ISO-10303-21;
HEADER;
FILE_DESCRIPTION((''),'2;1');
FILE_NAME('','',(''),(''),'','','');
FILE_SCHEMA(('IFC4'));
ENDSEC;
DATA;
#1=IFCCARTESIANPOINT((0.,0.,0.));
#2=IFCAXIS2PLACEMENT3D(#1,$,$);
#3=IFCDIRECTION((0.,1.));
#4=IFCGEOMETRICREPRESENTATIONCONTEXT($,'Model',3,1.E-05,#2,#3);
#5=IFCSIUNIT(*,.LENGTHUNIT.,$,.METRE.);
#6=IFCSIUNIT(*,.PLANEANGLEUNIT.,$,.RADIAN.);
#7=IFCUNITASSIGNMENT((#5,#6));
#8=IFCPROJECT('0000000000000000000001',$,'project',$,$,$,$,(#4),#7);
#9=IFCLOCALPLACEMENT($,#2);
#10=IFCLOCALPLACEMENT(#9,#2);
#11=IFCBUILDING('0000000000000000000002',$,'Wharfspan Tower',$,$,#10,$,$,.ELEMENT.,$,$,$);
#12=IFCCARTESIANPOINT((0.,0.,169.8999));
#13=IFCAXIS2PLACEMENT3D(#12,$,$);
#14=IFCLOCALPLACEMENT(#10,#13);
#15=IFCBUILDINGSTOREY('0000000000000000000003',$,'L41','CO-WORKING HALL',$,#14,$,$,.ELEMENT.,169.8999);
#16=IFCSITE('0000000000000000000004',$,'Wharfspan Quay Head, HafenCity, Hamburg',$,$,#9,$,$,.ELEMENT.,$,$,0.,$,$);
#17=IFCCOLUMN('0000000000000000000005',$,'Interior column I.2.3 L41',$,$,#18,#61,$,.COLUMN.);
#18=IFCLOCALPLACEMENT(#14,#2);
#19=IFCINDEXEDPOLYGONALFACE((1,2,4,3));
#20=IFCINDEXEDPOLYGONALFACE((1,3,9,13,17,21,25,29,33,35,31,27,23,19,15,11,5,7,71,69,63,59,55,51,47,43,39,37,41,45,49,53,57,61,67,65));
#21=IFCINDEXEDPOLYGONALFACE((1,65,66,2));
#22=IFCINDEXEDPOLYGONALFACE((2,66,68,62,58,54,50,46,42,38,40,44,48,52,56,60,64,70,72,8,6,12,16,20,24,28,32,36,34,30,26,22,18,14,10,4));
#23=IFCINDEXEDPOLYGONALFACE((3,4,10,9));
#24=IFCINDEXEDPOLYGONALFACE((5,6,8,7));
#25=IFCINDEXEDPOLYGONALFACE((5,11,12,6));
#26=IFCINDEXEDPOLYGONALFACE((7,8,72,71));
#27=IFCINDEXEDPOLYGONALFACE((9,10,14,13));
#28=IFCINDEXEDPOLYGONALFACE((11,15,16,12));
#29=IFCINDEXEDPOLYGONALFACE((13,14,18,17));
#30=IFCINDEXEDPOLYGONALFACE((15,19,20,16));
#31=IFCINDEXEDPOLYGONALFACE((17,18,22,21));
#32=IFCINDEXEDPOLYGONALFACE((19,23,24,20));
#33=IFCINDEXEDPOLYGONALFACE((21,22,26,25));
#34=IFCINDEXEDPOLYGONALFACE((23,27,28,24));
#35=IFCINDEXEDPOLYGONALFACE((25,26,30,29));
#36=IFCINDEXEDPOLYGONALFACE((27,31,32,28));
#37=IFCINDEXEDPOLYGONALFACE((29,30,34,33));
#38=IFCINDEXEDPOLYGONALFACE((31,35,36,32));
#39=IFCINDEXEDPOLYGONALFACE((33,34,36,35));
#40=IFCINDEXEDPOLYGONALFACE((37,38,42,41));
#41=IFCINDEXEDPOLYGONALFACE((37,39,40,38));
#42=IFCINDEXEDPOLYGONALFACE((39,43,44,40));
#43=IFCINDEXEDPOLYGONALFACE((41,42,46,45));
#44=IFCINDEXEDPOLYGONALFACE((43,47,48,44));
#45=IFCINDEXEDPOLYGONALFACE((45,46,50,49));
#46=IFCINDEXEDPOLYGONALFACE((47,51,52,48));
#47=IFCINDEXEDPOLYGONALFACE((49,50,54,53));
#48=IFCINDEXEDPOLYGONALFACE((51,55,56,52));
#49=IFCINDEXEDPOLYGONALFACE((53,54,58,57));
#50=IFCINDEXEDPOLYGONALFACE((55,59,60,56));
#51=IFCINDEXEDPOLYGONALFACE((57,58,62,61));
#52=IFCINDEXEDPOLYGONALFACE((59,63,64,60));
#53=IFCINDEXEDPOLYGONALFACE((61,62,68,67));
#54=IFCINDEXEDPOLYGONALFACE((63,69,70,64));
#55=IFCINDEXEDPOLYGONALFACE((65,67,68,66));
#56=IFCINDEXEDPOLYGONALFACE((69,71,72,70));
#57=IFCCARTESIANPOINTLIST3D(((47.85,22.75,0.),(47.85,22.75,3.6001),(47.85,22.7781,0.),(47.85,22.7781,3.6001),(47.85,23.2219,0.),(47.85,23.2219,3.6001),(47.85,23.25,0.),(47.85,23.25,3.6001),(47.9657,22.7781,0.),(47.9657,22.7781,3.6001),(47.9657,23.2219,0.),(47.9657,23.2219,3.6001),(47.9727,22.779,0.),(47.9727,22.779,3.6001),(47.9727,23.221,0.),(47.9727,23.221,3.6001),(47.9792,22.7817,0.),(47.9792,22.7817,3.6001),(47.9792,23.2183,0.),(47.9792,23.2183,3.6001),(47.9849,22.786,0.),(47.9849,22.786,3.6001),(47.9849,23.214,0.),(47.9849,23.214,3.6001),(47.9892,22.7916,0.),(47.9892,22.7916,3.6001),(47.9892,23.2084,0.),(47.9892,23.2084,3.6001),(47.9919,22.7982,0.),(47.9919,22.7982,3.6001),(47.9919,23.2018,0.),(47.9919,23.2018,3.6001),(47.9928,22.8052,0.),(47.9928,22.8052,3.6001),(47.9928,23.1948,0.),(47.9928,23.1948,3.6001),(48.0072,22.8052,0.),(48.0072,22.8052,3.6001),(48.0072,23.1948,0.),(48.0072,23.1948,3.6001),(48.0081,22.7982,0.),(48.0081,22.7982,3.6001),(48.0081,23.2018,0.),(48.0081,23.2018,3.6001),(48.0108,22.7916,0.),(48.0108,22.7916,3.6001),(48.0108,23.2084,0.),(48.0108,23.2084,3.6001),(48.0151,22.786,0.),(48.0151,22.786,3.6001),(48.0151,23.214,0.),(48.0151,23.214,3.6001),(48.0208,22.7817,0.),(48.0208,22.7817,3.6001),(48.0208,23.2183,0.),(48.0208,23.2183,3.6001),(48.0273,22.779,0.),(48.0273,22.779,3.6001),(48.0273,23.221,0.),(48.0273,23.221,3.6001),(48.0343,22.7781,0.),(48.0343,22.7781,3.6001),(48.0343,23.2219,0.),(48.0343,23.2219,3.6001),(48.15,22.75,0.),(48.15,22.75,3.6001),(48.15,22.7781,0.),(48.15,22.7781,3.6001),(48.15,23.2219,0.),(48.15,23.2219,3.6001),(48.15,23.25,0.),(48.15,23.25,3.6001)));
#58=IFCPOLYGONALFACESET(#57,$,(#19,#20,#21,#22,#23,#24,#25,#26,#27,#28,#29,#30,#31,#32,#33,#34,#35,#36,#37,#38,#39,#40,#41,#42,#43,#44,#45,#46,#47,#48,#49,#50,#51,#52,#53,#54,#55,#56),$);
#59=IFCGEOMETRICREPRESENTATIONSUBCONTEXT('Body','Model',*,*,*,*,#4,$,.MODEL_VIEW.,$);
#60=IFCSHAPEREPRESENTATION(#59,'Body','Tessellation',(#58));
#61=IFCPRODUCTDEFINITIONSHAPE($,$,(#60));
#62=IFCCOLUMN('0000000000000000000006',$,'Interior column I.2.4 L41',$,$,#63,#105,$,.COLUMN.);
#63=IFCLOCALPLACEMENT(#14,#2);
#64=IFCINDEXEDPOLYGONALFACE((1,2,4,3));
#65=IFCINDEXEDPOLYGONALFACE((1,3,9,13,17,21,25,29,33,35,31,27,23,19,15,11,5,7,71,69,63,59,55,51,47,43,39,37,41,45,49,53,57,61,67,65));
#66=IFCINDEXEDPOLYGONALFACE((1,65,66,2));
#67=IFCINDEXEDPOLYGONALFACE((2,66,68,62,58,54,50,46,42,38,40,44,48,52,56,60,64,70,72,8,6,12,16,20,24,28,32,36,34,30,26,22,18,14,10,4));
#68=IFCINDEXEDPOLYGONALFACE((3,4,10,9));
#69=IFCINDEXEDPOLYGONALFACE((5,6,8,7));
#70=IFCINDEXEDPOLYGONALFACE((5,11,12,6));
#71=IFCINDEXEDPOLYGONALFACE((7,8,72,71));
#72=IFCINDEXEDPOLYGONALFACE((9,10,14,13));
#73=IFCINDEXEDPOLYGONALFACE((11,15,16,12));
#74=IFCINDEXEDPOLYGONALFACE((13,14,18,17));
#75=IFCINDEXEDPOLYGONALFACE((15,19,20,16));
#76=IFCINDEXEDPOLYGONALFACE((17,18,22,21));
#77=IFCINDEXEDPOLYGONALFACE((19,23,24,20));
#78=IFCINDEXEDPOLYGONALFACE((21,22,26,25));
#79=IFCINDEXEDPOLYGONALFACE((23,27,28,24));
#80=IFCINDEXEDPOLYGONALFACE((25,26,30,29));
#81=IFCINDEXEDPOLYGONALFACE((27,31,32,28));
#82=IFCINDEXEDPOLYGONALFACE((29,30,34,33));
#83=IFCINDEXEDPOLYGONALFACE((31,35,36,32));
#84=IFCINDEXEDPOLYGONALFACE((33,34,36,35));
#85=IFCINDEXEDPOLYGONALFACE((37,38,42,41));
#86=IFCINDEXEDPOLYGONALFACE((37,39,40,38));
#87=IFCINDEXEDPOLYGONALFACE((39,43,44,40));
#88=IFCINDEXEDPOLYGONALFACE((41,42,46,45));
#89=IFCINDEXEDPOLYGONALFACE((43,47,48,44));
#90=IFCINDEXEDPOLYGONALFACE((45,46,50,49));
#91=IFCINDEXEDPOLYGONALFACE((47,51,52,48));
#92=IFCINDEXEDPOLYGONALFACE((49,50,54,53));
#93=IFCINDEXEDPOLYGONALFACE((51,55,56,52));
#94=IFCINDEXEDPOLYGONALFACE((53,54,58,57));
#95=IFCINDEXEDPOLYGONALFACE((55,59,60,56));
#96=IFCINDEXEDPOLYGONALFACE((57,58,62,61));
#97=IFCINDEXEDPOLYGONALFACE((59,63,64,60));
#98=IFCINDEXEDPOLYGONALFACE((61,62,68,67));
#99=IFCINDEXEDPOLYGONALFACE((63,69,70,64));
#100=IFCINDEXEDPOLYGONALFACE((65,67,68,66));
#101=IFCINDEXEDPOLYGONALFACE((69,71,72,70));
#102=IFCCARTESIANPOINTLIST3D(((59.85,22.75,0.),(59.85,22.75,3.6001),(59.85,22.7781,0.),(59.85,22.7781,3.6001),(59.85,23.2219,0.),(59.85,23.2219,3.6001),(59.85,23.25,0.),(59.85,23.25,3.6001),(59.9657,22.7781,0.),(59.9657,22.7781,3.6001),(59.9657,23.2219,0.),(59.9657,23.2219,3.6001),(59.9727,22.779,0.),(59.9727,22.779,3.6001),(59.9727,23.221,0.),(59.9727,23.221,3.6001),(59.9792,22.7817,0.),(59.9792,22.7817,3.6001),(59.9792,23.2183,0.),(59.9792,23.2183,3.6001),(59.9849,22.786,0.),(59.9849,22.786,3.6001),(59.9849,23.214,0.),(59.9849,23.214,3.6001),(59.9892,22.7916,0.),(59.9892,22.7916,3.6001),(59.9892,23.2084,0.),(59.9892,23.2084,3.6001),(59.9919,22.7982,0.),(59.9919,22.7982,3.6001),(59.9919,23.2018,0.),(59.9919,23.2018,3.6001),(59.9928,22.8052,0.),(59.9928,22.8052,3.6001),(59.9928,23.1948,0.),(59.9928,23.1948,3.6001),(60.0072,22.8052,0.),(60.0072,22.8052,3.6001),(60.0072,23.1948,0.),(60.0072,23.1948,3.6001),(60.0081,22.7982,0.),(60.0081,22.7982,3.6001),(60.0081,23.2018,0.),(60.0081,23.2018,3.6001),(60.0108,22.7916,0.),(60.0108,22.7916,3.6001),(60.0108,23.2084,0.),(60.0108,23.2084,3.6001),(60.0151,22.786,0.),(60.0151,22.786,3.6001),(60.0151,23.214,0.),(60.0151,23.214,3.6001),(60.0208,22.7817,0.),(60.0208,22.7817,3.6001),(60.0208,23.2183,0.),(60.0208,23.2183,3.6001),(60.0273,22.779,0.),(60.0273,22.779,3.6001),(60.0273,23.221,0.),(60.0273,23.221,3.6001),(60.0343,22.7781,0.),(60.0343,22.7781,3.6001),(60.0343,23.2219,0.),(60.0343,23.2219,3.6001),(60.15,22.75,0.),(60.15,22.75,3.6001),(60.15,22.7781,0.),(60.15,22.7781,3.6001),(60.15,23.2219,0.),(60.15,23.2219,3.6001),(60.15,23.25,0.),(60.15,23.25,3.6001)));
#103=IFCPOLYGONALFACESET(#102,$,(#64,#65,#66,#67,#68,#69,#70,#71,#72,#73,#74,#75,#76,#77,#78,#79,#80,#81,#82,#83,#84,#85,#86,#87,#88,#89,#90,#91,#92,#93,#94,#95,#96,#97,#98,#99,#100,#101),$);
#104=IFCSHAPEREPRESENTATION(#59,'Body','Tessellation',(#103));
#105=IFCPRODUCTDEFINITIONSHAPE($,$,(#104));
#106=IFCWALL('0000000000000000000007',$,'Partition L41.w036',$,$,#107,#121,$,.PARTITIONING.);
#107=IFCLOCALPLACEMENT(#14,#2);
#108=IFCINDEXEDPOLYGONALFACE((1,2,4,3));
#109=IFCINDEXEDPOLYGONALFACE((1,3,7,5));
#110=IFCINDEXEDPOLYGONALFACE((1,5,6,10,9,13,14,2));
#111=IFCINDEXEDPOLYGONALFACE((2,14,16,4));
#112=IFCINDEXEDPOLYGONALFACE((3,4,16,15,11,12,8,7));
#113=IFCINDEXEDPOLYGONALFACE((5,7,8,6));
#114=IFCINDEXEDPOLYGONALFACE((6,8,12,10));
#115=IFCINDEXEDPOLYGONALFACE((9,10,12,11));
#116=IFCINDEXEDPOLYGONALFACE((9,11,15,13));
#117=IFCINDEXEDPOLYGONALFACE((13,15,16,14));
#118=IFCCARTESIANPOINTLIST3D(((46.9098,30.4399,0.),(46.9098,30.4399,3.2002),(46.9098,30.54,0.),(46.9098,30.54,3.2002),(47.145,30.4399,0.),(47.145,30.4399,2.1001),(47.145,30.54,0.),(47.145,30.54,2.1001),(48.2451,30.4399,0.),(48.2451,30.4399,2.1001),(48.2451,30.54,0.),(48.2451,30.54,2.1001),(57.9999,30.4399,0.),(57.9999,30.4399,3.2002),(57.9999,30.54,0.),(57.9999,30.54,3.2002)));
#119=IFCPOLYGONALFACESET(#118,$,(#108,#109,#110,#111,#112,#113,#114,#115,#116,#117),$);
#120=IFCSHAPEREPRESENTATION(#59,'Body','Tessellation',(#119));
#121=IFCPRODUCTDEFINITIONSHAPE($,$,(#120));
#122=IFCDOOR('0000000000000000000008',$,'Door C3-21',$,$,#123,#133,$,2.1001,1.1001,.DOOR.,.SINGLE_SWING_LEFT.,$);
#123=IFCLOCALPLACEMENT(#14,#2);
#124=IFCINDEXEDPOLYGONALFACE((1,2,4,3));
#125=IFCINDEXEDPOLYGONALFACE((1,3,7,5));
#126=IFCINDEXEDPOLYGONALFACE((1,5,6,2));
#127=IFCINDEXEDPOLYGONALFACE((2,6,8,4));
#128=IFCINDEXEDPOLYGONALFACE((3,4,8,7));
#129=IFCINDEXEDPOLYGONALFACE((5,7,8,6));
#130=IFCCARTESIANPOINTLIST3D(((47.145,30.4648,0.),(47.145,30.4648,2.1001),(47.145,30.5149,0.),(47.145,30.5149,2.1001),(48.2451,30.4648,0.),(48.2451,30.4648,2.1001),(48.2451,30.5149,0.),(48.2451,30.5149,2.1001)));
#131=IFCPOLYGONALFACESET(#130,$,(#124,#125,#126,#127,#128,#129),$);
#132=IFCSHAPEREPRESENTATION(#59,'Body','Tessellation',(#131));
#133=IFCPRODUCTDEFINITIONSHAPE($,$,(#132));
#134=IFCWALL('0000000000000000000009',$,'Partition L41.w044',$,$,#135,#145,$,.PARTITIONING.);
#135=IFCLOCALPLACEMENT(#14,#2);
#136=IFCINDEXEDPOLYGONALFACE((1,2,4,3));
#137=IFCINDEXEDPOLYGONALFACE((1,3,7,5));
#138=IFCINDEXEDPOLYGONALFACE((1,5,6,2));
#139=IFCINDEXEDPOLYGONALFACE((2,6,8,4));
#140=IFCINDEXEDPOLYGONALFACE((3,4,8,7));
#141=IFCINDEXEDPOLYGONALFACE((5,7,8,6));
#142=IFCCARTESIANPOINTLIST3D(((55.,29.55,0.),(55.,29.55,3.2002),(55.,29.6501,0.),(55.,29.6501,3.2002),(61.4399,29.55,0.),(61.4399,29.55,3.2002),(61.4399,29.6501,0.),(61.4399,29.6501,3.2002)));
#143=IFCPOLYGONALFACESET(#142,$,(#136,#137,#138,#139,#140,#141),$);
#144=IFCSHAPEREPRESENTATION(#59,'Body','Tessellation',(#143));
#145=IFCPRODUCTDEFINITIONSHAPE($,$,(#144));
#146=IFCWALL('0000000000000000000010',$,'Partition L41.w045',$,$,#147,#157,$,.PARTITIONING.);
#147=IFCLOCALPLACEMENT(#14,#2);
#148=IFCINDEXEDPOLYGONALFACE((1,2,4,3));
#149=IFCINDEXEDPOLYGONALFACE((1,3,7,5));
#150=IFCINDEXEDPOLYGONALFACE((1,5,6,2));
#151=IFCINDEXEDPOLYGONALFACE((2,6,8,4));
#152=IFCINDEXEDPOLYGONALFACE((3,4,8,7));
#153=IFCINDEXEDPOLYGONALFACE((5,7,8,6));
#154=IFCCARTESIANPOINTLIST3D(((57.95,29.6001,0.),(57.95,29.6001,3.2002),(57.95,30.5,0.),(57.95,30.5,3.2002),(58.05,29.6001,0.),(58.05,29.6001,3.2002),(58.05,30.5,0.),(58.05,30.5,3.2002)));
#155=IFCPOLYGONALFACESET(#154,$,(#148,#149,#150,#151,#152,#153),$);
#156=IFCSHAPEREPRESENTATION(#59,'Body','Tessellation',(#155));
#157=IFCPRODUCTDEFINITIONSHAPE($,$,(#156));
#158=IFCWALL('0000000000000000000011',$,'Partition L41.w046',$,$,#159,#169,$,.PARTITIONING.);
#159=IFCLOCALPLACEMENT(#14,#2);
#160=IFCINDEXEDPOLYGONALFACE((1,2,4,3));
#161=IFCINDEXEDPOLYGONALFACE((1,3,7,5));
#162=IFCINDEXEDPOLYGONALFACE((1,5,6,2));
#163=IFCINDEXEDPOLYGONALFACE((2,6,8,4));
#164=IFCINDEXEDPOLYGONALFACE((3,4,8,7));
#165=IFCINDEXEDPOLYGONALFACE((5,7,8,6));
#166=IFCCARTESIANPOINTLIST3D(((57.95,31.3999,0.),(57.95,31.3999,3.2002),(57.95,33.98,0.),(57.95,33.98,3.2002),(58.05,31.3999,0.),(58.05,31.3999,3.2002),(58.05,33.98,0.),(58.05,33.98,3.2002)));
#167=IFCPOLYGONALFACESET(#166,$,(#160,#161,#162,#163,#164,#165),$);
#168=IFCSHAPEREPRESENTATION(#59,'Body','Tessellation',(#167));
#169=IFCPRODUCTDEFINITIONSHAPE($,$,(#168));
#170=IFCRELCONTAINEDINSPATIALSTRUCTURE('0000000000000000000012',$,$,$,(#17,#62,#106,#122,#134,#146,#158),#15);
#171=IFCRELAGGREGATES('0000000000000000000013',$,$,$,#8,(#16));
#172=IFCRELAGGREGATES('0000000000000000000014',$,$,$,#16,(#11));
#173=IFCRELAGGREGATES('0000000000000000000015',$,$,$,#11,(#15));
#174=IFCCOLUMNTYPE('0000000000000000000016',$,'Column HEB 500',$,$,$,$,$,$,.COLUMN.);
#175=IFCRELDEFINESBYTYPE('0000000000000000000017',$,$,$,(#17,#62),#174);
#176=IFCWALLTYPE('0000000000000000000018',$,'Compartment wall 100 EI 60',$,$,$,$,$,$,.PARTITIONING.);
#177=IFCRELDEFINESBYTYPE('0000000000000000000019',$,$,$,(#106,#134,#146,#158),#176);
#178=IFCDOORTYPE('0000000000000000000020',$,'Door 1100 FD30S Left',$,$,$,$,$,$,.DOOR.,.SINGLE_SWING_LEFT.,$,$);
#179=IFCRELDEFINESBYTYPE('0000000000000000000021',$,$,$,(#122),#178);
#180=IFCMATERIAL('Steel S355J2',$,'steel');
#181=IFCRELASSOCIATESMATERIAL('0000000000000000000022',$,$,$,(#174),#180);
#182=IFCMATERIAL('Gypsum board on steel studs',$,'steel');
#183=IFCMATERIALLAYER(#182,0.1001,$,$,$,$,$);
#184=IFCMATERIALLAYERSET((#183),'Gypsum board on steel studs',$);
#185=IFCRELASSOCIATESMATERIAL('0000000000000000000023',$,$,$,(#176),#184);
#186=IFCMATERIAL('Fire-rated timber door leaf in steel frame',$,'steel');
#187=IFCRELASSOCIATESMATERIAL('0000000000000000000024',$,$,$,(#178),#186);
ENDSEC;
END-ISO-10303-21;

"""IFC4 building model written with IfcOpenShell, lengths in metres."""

from ifc_helpers import new_model, si_unit, direction, frame, frame_2d, origin, origin_2d, place, context, subcontext, project, spatial, rectangle, i_section, extrude, material, layer, layer_set, material_profile, profile_set, type_object, element, fill, save


model = new_model("IFC4")

# Units and contexts
model_context = context("Model", 3, precision=1e-05, world=origin(), true_north=direction((0.0, 1.0)))
body_context = subcontext(model_context, "Body", "Model", "MODEL_VIEW")
ifc_project = project(units=[si_unit("LENGTHUNIT", "METRE"), si_unit("PLANEANGLEUNIT", "RADIAN")], contexts=[model_context])

# Site, building, storey
site_placement = place(None, origin())
site = spatial("IfcSite", under=ifc_project, at=site_placement, Name="Wharfspan Quay Head, HafenCity, Hamburg", CompositionType="ELEMENT", RefElevation=0.0)
building_placement = place(site_placement, origin())
building = spatial("IfcBuilding", under=site, at=building_placement, Name="Wharfspan Tower", CompositionType="ELEMENT")
storey_placement = place(building_placement, frame((0.0, 0.0, 169.8999)))
storey = spatial("IfcBuildingStorey", under=building, at=storey_placement, Name="L41", Description="CO-WORKING HALL", CompositionType="ELEMENT", Elevation=169.8999)

# Columns
ifc_material_1 = material(Name="Steel S355J2", Category="steel")
ifc_material_profile = material_profile(ifc_material_1, i_section(OverallWidth=0.3, OverallDepth=0.5, WebThickness=0.0144, FlangeThickness=0.0281, FilletRadius=0.0271, at=origin_2d()))
ifc_profile_set = profile_set([ifc_material_profile], Name="Steel S355J2")
column_type = type_object("IfcColumnType", Name="Column HEB 500", PredefinedType="COLUMN", material=ifc_profile_set)
for number, where, z_axis, x_axis, name in (
    (1, (48.0, 23.0, 0.0), (0.0, 0.0, 1.0), (1.0, 0.0, 0.0), "Interior column I.2.3 L41"),
    (2, (60.0, 23.0, 0.0), (0.0, 0.0, 1.0), (1.0, 0.0, 0.0), "Interior column I.2.4 L41"),
):
    element("IfcColumn", number, at=place(storey_placement, frame(where, z_axis=z_axis, x_axis=x_axis)), inside=storey, type_object=column_type, Name=name, PredefinedType="COLUMN", context=body_context, shape_type="SweptSolid", body=[
        extrude(i_section(OverallWidth=0.3, OverallDepth=0.5, WebThickness=0.0144, FlangeThickness=0.0281, FilletRadius=0.0271, at=origin_2d()), origin(), (0.0, 0.0, 1.0), 3.6001),
    ])

# Wall, opening, door
ifc_material_2 = material(Name="Gypsum board on steel studs", Category="steel")
ifc_layer_1 = layer(ifc_material_2, 0.1001)
ifc_layer_set_1 = layer_set([ifc_layer_1], Name="Gypsum board on steel studs")
wall_type_1 = type_object("IfcWallType", Name="Compartment wall 100 EI 60", PredefinedType="PARTITIONING", material=ifc_layer_set_1)
wall_1_placement = place(storey_placement, frame((46.9099, 30.49, 0.0), z_axis=(0.0, 0.0, 1.0), x_axis=(1.0, 0.0, 0.0)))
wall_1 = element("IfcWall", 3, at=wall_1_placement, inside=storey, type_object=wall_type_1, Name="Partition L41.w036", PredefinedType="PARTITIONING", context=body_context, shape_type="SweptSolid", body=[
    extrude(rectangle(XDim=11.0901, YDim=0.1001, at=frame_2d((5.5449, 0.0))), origin(), (0.0, 0.0, 1.0), 3.2002),
])
opening_1_placement = place(wall_1_placement, frame((0.2351, 0.0, 0.0)))
opening_1 = element("IfcOpeningElement", 4, at=opening_1_placement, cuts=wall_1, PredefinedType="OPENING", context=body_context, shape_type="SweptSolid", body=[
    extrude(rectangle(XDim=1.1001, YDim=2.1001, at=frame_2d((0.55, 1.05))), frame((0.0, 0.0601, 0.0), z_axis=(0.0, -1.0, 0.0), x_axis=(1.0, 0.0, 0.0)), (0.0, 0.0, 1.0), 0.1201),
])
ifc_material_3 = material(Name="Fire-rated timber door leaf in steel frame", Category="steel")
door_type_1 = type_object("IfcDoorType", Name="Door 1100 FD30S Left", OperationType="SINGLE_SWING_LEFT", PredefinedType="DOOR", material=ifc_material_3)
door_1_placement = place(opening_1_placement, origin())
door_1 = element("IfcDoor", 5, at=door_1_placement, inside=storey, type_object=door_type_1, Name="Door C3-21", OperationType="SINGLE_SWING_LEFT", OverallHeight=2.1001, OverallWidth=1.1001, PredefinedType="DOOR", context=body_context, shape_type="SweptSolid", body=[
    extrude(rectangle(XDim=1.1001, YDim=2.1001, at=frame_2d((0.55, 1.05))), frame((0.0, 0.0249, 0.0), z_axis=(0.0, -1.0, 0.0), x_axis=(1.0, 0.0, 0.0)), (0.0, 0.0, 1.0), 0.05),
])
fill(opening_1, door_1)

# Walls
wall_2_placement = place(storey_placement, frame((55.0, 29.6001, 0.0), z_axis=(0.0, 0.0, 1.0), x_axis=(1.0, 0.0, 0.0)))
element("IfcWall", 6, at=wall_2_placement, inside=storey, type_object=wall_type_1, Name="Partition L41.w044", PredefinedType="PARTITIONING", context=body_context, shape_type="SweptSolid", body=[
    extrude(rectangle(XDim=6.4399, YDim=0.1001, at=frame_2d((3.22, 0.0))), origin(), (0.0, 0.0, 1.0), 3.2002),
])
wall_3_placement = place(storey_placement, frame((58.0, 29.6001, 0.0), z_axis=(0.0, 0.0, 1.0), x_axis=(0.0, 1.0, 0.0)))
element("IfcWall", 7, at=wall_3_placement, inside=storey, type_object=wall_type_1, Name="Partition L41.w045", PredefinedType="PARTITIONING", context=body_context, shape_type="SweptSolid", body=[
    extrude(rectangle(XDim=0.8999, YDim=0.1001, at=frame_2d((0.45, 0.0))), origin(), (0.0, 0.0, 1.0), 3.2002),
])
wall_4_placement = place(storey_placement, frame((58.0, 31.3999, 0.0), z_axis=(0.0, 0.0, 1.0), x_axis=(0.0, 1.0, 0.0)))
element("IfcWall", 8, at=wall_4_placement, inside=storey, type_object=wall_type_1, Name="Partition L41.w046", PredefinedType="PARTITIONING", context=body_context, shape_type="SweptSolid", body=[
    extrude(rectangle(XDim=2.5801, YDim=0.1001, at=frame_2d((1.29, 0.0))), origin(), (0.0, 0.0, 1.0), 3.2002),
])

save(model, "model.ifc")
